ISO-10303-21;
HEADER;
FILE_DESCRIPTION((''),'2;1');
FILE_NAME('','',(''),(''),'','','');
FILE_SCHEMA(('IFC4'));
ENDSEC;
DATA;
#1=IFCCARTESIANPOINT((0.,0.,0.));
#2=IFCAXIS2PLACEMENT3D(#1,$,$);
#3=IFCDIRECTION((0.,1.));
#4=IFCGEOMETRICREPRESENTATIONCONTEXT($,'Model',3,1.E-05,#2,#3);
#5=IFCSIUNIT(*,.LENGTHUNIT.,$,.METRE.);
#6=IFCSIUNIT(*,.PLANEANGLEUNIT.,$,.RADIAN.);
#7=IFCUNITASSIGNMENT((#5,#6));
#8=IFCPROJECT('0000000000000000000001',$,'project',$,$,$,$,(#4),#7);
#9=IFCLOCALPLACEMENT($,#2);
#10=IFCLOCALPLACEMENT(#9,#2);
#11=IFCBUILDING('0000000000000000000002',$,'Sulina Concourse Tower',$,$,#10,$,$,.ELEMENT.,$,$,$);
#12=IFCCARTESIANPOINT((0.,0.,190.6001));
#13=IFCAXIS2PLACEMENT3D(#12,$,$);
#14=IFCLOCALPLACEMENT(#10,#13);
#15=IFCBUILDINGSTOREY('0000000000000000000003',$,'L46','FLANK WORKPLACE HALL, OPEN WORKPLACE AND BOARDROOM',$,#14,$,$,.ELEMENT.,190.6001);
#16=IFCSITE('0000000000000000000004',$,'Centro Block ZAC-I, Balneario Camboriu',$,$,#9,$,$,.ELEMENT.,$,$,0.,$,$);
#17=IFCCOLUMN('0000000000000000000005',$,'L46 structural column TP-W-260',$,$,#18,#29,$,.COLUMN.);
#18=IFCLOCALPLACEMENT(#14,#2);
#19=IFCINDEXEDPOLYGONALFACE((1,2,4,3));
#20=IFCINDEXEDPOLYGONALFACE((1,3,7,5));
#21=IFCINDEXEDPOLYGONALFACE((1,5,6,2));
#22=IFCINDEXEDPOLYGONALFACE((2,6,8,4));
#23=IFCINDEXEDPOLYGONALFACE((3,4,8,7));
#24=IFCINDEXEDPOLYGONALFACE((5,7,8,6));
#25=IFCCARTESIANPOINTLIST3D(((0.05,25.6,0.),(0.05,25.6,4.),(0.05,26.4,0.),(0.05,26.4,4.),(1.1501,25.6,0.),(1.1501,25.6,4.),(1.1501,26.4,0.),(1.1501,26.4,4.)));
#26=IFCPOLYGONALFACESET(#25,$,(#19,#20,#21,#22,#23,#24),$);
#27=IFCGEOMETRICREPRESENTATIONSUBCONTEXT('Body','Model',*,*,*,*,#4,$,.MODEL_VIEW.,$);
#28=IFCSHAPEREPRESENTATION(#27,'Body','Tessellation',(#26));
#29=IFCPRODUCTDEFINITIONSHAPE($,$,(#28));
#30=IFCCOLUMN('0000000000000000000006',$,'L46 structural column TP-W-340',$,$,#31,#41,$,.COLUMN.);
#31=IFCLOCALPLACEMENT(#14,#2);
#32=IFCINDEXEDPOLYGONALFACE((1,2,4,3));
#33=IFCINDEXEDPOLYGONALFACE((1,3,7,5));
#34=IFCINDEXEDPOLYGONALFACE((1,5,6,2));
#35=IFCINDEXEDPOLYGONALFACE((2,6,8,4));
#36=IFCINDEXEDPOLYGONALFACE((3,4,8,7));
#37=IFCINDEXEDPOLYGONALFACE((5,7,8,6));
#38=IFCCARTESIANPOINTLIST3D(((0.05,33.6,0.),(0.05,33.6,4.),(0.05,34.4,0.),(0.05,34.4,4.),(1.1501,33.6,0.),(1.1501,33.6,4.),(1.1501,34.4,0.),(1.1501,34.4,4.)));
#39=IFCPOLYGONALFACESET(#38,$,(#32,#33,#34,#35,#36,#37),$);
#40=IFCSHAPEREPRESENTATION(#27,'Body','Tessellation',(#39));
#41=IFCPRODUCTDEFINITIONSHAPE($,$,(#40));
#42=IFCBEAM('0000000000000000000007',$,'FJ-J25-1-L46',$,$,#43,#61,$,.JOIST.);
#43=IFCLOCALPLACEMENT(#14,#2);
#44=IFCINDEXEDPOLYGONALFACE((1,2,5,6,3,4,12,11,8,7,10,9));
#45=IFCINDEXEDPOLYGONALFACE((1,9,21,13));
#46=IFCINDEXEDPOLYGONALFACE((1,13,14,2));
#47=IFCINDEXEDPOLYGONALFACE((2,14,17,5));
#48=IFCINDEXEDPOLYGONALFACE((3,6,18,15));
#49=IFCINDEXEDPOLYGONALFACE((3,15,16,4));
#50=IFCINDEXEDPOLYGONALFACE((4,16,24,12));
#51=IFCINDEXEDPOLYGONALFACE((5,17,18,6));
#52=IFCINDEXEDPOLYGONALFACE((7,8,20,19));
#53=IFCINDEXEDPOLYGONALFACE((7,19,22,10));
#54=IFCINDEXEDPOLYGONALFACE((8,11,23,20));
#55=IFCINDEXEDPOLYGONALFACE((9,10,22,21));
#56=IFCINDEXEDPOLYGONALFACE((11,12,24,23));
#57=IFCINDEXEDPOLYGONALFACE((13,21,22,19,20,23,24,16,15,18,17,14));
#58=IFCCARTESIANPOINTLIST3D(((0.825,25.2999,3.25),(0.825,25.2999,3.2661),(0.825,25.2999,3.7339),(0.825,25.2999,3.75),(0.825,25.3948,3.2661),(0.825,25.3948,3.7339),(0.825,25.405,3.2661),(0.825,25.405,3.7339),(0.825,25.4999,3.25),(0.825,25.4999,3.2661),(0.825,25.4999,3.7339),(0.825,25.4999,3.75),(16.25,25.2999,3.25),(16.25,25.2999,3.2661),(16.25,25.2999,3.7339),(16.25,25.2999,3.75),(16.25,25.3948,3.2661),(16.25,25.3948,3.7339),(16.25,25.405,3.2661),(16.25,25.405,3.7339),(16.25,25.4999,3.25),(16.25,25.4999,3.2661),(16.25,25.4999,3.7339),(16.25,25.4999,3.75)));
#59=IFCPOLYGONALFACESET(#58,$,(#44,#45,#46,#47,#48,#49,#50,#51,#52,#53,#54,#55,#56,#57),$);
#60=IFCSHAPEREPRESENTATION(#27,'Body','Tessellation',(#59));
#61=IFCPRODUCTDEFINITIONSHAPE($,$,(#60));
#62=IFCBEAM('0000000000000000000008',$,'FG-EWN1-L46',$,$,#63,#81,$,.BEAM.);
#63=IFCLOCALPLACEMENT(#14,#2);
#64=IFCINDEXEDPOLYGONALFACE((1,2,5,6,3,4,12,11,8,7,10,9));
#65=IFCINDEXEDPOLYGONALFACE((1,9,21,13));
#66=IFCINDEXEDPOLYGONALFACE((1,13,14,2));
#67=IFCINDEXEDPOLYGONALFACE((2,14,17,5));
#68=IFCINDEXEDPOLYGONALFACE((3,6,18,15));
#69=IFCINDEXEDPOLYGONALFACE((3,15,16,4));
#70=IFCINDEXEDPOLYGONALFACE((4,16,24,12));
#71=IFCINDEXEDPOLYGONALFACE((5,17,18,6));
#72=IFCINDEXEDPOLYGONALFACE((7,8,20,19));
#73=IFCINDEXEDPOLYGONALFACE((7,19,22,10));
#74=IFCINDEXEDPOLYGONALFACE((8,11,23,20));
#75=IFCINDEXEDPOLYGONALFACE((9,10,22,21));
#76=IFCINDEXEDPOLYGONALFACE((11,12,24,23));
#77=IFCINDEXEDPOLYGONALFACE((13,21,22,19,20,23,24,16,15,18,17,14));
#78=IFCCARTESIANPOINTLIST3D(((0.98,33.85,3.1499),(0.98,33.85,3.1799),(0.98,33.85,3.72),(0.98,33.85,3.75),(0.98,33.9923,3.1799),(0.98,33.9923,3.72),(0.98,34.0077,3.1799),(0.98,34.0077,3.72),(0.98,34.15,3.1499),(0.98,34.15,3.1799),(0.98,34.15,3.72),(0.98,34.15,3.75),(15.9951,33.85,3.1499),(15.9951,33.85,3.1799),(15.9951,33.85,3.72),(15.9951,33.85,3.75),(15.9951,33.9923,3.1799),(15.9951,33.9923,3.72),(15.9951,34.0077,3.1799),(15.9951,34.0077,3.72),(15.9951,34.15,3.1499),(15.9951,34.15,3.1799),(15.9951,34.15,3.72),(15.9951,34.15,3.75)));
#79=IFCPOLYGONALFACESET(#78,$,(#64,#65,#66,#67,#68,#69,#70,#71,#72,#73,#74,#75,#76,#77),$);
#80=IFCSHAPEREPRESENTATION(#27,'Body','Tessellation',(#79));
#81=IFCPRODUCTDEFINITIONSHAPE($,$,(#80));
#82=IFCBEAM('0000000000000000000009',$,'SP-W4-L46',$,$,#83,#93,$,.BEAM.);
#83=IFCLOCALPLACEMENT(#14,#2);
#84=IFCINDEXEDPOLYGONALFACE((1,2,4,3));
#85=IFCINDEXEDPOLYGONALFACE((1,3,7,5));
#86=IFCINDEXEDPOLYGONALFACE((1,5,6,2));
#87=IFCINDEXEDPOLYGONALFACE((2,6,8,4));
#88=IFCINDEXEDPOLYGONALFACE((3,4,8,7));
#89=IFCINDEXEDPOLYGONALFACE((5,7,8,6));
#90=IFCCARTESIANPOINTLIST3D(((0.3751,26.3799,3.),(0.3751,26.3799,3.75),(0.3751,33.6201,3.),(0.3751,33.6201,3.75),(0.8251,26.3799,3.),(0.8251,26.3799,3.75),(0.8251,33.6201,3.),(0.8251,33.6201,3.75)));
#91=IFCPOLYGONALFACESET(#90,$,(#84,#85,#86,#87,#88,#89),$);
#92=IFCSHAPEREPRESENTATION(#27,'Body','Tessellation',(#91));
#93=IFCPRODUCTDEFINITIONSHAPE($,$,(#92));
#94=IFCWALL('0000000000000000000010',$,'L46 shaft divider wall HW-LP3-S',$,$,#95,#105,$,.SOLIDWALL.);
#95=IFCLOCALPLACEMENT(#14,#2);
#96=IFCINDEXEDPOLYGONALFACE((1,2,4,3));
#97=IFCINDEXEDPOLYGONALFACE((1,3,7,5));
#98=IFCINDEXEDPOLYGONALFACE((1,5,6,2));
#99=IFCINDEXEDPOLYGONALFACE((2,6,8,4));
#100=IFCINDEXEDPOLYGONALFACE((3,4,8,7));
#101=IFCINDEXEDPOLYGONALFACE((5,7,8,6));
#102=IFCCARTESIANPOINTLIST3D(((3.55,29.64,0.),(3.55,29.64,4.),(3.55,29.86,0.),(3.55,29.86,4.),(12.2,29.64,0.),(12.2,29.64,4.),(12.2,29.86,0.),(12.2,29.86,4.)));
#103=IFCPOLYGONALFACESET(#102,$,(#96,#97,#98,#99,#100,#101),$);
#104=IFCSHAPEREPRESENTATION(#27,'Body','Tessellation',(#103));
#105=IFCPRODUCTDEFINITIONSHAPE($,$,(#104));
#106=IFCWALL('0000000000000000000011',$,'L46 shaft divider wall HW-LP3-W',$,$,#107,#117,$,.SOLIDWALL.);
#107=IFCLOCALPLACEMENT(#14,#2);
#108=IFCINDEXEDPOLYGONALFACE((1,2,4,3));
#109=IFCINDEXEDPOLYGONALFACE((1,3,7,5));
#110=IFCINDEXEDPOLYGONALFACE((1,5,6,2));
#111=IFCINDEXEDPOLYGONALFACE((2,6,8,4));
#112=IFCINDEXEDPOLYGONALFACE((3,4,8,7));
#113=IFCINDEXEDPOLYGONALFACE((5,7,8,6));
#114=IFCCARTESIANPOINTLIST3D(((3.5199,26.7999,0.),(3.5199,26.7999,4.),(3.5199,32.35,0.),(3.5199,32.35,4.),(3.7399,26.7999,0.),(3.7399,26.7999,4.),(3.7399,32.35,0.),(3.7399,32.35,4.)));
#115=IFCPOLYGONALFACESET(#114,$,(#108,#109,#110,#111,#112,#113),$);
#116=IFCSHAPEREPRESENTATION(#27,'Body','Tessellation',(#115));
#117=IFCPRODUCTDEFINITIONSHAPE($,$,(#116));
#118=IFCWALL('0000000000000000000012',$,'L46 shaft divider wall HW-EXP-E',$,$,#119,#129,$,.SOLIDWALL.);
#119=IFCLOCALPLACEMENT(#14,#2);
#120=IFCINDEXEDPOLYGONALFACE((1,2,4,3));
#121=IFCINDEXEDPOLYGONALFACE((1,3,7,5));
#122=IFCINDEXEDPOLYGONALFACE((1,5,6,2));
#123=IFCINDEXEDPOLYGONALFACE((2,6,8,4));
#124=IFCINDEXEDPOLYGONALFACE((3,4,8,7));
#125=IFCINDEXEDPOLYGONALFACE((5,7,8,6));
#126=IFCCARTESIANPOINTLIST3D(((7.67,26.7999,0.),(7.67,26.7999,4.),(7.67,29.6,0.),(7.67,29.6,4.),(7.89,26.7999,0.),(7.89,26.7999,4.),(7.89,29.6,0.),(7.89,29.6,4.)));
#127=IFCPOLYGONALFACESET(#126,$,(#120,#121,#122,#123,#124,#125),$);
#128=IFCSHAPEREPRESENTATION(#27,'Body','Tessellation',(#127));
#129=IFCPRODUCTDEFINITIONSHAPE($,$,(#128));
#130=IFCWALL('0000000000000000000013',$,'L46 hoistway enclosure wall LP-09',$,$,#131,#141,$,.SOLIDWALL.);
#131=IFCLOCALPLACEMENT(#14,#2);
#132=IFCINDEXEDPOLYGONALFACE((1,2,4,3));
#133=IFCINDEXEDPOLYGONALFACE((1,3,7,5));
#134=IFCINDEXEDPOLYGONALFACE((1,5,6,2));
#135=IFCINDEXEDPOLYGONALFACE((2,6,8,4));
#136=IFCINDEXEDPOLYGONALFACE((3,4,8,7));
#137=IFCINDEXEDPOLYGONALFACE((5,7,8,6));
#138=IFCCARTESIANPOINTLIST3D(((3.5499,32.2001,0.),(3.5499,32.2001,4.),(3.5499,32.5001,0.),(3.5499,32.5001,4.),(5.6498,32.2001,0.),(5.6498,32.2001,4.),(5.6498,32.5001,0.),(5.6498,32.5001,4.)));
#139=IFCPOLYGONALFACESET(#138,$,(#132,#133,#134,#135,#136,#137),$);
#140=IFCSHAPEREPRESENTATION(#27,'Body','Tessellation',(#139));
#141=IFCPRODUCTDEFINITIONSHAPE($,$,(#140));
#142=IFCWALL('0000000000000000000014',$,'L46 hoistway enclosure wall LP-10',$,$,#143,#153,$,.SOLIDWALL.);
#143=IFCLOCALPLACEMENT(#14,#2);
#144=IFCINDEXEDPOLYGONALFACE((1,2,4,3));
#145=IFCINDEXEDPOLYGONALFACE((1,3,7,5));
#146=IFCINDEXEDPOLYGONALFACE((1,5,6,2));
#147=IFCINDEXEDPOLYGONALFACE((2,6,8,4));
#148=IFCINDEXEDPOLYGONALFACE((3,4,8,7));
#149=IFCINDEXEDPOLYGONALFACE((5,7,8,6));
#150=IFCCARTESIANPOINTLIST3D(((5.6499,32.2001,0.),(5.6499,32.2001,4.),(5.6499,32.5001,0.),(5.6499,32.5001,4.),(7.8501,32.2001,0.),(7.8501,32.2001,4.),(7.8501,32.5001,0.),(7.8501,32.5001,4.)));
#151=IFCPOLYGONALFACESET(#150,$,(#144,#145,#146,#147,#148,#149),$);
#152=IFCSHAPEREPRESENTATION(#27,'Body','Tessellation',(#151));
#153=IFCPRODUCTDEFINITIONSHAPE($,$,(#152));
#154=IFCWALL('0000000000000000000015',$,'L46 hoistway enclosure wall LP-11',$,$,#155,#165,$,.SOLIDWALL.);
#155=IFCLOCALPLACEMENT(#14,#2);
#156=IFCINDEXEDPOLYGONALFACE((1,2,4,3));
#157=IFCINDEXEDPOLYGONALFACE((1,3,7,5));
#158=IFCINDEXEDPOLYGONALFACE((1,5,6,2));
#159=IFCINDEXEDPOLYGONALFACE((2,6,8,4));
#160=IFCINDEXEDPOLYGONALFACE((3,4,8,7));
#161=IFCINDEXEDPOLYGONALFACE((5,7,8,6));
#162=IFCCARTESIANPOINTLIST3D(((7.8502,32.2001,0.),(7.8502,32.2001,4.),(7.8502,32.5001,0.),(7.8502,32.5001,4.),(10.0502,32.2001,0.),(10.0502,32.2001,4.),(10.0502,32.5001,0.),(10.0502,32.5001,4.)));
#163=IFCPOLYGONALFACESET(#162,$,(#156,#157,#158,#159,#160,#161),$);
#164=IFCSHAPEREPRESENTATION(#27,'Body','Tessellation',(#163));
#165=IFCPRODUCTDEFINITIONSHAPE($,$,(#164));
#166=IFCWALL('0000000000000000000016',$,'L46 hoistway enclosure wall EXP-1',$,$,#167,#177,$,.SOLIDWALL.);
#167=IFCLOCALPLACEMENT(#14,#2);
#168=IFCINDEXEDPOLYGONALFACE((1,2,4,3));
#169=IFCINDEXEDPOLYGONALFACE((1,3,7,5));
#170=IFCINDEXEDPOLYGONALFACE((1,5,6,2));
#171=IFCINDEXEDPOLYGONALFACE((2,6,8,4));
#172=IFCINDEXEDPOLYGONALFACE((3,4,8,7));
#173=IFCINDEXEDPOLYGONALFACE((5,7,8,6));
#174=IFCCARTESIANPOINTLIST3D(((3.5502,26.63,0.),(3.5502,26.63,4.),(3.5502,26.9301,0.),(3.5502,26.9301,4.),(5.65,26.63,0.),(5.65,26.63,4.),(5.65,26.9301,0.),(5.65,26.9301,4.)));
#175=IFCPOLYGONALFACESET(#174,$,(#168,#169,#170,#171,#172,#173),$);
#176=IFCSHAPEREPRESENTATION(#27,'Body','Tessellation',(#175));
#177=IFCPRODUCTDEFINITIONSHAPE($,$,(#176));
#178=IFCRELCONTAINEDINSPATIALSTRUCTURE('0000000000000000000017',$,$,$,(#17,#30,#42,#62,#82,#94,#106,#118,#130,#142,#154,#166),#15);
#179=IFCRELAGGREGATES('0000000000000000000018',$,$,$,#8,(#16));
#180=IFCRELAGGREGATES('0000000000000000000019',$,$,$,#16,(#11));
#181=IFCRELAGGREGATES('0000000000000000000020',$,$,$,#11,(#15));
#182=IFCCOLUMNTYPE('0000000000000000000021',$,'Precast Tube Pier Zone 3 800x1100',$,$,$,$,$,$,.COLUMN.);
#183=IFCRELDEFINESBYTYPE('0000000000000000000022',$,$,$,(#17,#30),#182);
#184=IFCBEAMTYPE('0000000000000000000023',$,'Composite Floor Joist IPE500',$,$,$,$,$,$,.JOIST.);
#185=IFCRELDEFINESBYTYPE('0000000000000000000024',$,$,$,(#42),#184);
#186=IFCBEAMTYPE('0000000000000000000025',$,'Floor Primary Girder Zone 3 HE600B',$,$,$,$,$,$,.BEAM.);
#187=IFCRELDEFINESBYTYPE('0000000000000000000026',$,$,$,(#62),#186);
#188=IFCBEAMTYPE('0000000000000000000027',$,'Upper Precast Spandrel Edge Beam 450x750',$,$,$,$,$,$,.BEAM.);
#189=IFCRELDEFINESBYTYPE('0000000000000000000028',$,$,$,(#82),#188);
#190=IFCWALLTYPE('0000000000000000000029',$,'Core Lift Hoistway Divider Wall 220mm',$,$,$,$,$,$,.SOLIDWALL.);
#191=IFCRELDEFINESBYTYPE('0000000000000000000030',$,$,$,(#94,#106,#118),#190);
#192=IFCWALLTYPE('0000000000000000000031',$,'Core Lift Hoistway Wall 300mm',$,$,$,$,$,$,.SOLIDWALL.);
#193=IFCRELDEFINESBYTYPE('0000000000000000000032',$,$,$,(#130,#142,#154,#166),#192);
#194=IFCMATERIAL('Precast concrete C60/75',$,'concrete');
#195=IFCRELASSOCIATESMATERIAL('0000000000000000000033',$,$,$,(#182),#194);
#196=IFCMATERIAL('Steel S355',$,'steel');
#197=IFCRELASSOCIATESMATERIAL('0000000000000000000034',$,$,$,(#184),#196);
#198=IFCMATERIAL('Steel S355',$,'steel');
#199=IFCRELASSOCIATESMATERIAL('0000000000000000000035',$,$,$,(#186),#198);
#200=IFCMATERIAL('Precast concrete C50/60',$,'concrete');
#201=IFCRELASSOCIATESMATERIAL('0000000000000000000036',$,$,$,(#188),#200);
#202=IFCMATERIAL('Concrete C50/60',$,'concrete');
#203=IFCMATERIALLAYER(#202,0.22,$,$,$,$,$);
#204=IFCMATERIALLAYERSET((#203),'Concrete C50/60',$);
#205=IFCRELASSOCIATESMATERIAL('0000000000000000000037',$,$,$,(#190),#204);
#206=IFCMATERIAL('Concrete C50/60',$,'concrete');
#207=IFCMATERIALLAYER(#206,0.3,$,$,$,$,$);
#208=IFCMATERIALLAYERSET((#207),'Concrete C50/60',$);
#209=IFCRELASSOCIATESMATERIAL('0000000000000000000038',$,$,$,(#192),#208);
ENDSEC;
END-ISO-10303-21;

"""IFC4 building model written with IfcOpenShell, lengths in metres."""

from ifc_helpers import new_model, si_unit, direction, frame, frame_2d, origin, origin_2d, place, context, subcontext, project, spatial, rectangle, i_section, extrude, material, layer, layer_set, material_profile, profile_set, type_object, element, save


model = new_model("IFC4")

# Units and contexts
model_context = context("Model", 3, precision=1e-05, world=origin(), true_north=direction((0.0, 1.0)))
body_context = subcontext(model_context, "Body", "Model", "MODEL_VIEW")
ifc_project = project(units=[si_unit("LENGTHUNIT", "METRE"), si_unit("PLANEANGLEUNIT", "RADIAN")], contexts=[model_context])

# Site, building, storey
site_placement = place(None, origin())
site = spatial("IfcSite", under=ifc_project, at=site_placement, Name="Centro Block ZAC-I, Balneario Camboriu", CompositionType="ELEMENT", RefElevation=0.0)
building_placement = place(site_placement, origin())
building = spatial("IfcBuilding", under=site, at=building_placement, Name="Sulina Concourse Tower", CompositionType="ELEMENT")
storey_placement = place(building_placement, frame((0.0, 0.0, 190.6001)))
storey = spatial("IfcBuildingStorey", under=building, at=storey_placement, Name="L46", Description="FLANK WORKPLACE HALL, OPEN WORKPLACE AND BOARDROOM", CompositionType="ELEMENT", Elevation=190.6001)

# Columns
ifc_material_1 = material(Name="Precast concrete C60/75", Category="concrete")
ifc_material_profile_1 = material_profile(ifc_material_1, rectangle(XDim=0.8, YDim=1.1001, at=origin_2d()), Name="PC 800x1100")
ifc_profile_set_1 = profile_set([ifc_material_profile_1], Name="Precast concrete C60/75")
column_type = type_object("IfcColumnType", Name="Precast Tube Pier Zone 3 800x1100", PredefinedType="COLUMN", material=ifc_profile_set_1)
for number, where, z_axis, x_axis, name in (
    (1, (0.6001, 26.0, 0.0), (0.0, 0.0, 1.0), (0.0, 1.0, 0.0), "L46 structural column TP-W-260"),
    (2, (0.6001, 34.0, 0.0), (0.0, 0.0, 1.0), (0.0, 1.0, 0.0), "L46 structural column TP-W-340"),
):
    element("IfcColumn", number, at=place(storey_placement, frame(where, z_axis=z_axis, x_axis=x_axis)), inside=storey, type_object=column_type, Name=name, PredefinedType="COLUMN", context=body_context, shape_type="SweptSolid", body=[
        extrude(rectangle(XDim=0.8, YDim=1.1001, at=origin_2d()), origin(), (0.0, 0.0, 1.0), 4.0),
    ])

# Beams
ifc_material_2 = material(Name="Steel S355", Category="steel")
ifc_material_profile_2 = material_profile(ifc_material_2, i_section(OverallWidth=0.2, OverallDepth=0.5, WebThickness=0.0103, FlangeThickness=0.0161, at=origin_2d()), Name="IPE 500")
ifc_profile_set_2 = profile_set([ifc_material_profile_2], Name="Steel S355")
beam_type_1 = type_object("IfcBeamType", Name="Composite Floor Joist IPE500", PredefinedType="JOIST", material=ifc_profile_set_2)
beam_1_placement = place(storey_placement, frame((0.825, 25.3999, 3.5), z_axis=(1.0, 0.0, 0.0), x_axis=(0.0, 1.0, 0.0)))
element("IfcBeam", 3, at=beam_1_placement, inside=storey, type_object=beam_type_1, Name="FJ-J25-1-L46", PredefinedType="JOIST", context=body_context, shape_type="SweptSolid", body=[
    extrude(i_section(OverallWidth=0.2, OverallDepth=0.5, WebThickness=0.0103, FlangeThickness=0.0161, at=origin_2d()), origin(), (0.0, 0.0, 1.0), 15.425),
])
ifc_material_3 = material(Name="Steel S355", Category="steel")
ifc_material_profile_3 = material_profile(ifc_material_3, i_section(OverallWidth=0.3, OverallDepth=0.6001, WebThickness=0.0154, FlangeThickness=0.03, at=origin_2d()), Name="HE 600 B")
ifc_profile_set_3 = profile_set([ifc_material_profile_3], Name="Steel S355")
beam_type_2 = type_object("IfcBeamType", Name="Floor Primary Girder Zone 3 HE600B", PredefinedType="BEAM", material=ifc_profile_set_3)
beam_2_placement = place(storey_placement, frame((0.98, 34.0, 3.45), z_axis=(1.0, 0.0, 0.0), x_axis=(0.0, 1.0, 0.0)))
element("IfcBeam", 4, at=beam_2_placement, inside=storey, type_object=beam_type_2, Name="FG-EWN1-L46", PredefinedType="BEAM", context=body_context, shape_type="SweptSolid", body=[
    extrude(i_section(OverallWidth=0.3, OverallDepth=0.6001, WebThickness=0.0154, FlangeThickness=0.03, at=origin_2d()), origin(), (0.0, 0.0, 1.0), 15.0151),
])
ifc_material_4 = material(Name="Precast concrete C50/60", Category="concrete")
ifc_material_profile_4 = material_profile(ifc_material_4, rectangle(XDim=0.45, YDim=0.75, at=origin_2d()), Name="RC 450x750")
ifc_profile_set_4 = profile_set([ifc_material_profile_4], Name="Precast concrete C50/60")
beam_type_3 = type_object("IfcBeamType", Name="Upper Precast Spandrel Edge Beam 450x750", PredefinedType="BEAM", material=ifc_profile_set_4)
beam_3_placement = place(storey_placement, frame((0.6001, 26.3799, 3.375), z_axis=(0.0, 1.0, 0.0), x_axis=(-1.0, 0.0, 0.0)))
element("IfcBeam", 5, at=beam_3_placement, inside=storey, type_object=beam_type_3, Name="SP-W4-L46", PredefinedType="BEAM", context=body_context, shape_type="SweptSolid", body=[
    extrude(rectangle(XDim=0.45, YDim=0.75, at=origin_2d()), origin(), (0.0, 0.0, 1.0), 7.2402),
])

# Walls
ifc_material_5 = material(Name="Concrete C50/60", Category="concrete")
ifc_layer_1 = layer(ifc_material_5, 0.22)
ifc_layer_set_1 = layer_set([ifc_layer_1], Name="Concrete C50/60")
wall_type_1 = type_object("IfcWallType", Name="Core Lift Hoistway Divider Wall 220mm", PredefinedType="SOLIDWALL", material=ifc_layer_set_1)
wall_1_placement = place(storey_placement, frame((3.55, 29.75, 0.0), z_axis=(0.0, 0.0, 1.0), x_axis=(1.0, 0.0, 0.0)))
element("IfcWall", 6, at=wall_1_placement, inside=storey, type_object=wall_type_1, Name="L46 shaft divider wall HW-LP3-S", PredefinedType="SOLIDWALL", context=body_context, shape_type="SweptSolid", body=[
    extrude(rectangle(XDim=8.6499, YDim=0.22, at=frame_2d((4.325, 0.0))), origin(), (0.0, 0.0, 1.0), 4.0),
])
wall_2_placement = place(storey_placement, frame((3.6299, 26.8, 0.0), z_axis=(0.0, 0.0, 1.0), x_axis=(0.0, 1.0, 0.0)))
element("IfcWall", 7, at=wall_2_placement, inside=storey, type_object=wall_type_1, Name="L46 shaft divider wall HW-LP3-W", PredefinedType="SOLIDWALL", context=body_context, shape_type="SweptSolid", body=[
    extrude(rectangle(XDim=5.55, YDim=0.22, at=frame_2d((2.7749, 0.0))), origin(), (0.0, 0.0, 1.0), 4.0),
])
wall_3_placement = place(storey_placement, frame((7.78, 26.8, 0.0), z_axis=(0.0, 0.0, 1.0), x_axis=(0.0, 1.0, 0.0)))
element("IfcWall", 8, at=wall_3_placement, inside=storey, type_object=wall_type_1, Name="L46 shaft divider wall HW-EXP-E", PredefinedType="SOLIDWALL", context=body_context, shape_type="SweptSolid", body=[
    extrude(rectangle(XDim=2.8, YDim=0.22, at=frame_2d((1.3999, 0.0))), origin(), (0.0, 0.0, 1.0), 4.0),
])
ifc_material_6 = material(Name="Concrete C50/60", Category="concrete")
ifc_layer_2 = layer(ifc_material_6, 0.3)
ifc_layer_set_2 = layer_set([ifc_layer_2], Name="Concrete C50/60")
wall_type_2 = type_object("IfcWallType", Name="Core Lift Hoistway Wall 300mm", PredefinedType="SOLIDWALL", material=ifc_layer_set_2)
wall_4_placement = place(storey_placement, frame((3.55, 32.3501, 0.0), z_axis=(0.0, 0.0, 1.0), x_axis=(1.0, 0.0, 0.0)))
element("IfcWall", 9, at=wall_4_placement, inside=storey, type_object=wall_type_2, Name="L46 hoistway enclosure wall LP-09", PredefinedType="SOLIDWALL", context=body_context, shape_type="SweptSolid", body=[
    extrude(rectangle(XDim=2.0999, YDim=0.3, at=frame_2d((1.0498, 0.0))), origin(), (0.0, 0.0, 1.0), 4.0),
])
wall_5_placement = place(storey_placement, frame((5.6499, 32.3501, 0.0), z_axis=(0.0, 0.0, 1.0), x_axis=(1.0, 0.0, 0.0)))
element("IfcWall", 10, at=wall_5_placement, inside=storey, type_object=wall_type_2, Name="L46 hoistway enclosure wall LP-10", PredefinedType="SOLIDWALL", context=body_context, shape_type="SweptSolid", body=[
    extrude(rectangle(XDim=2.2002, YDim=0.3, at=frame_2d((1.1001, 0.0))), origin(), (0.0, 0.0, 1.0), 4.0),
])
wall_6_placement = place(storey_placement, frame((7.8501, 32.3501, 0.0), z_axis=(0.0, 0.0, 1.0), x_axis=(1.0, 0.0, 0.0)))
element("IfcWall", 11, at=wall_6_placement, inside=storey, type_object=wall_type_2, Name="L46 hoistway enclosure wall LP-11", PredefinedType="SOLIDWALL", context=body_context, shape_type="SweptSolid", body=[
    extrude(rectangle(XDim=2.2, YDim=0.3, at=frame_2d((1.1001, 0.0))), origin(), (0.0, 0.0, 1.0), 4.0),
])
wall_7_placement = place(storey_placement, frame((5.6499, 26.78, 0.0), z_axis=(0.0, 0.0, 1.0), x_axis=(-1.0, 0.0, 0.0)))
element("IfcWall", 12, at=wall_7_placement, inside=storey, type_object=wall_type_2, Name="L46 hoistway enclosure wall EXP-1", PredefinedType="SOLIDWALL", context=body_context, shape_type="SweptSolid", body=[
    extrude(rectangle(XDim=2.0999, YDim=0.3, at=frame_2d((1.0498, 0.0))), origin(), (0.0, 0.0, 1.0), 4.0),
])

save(model, "model.ifc")
